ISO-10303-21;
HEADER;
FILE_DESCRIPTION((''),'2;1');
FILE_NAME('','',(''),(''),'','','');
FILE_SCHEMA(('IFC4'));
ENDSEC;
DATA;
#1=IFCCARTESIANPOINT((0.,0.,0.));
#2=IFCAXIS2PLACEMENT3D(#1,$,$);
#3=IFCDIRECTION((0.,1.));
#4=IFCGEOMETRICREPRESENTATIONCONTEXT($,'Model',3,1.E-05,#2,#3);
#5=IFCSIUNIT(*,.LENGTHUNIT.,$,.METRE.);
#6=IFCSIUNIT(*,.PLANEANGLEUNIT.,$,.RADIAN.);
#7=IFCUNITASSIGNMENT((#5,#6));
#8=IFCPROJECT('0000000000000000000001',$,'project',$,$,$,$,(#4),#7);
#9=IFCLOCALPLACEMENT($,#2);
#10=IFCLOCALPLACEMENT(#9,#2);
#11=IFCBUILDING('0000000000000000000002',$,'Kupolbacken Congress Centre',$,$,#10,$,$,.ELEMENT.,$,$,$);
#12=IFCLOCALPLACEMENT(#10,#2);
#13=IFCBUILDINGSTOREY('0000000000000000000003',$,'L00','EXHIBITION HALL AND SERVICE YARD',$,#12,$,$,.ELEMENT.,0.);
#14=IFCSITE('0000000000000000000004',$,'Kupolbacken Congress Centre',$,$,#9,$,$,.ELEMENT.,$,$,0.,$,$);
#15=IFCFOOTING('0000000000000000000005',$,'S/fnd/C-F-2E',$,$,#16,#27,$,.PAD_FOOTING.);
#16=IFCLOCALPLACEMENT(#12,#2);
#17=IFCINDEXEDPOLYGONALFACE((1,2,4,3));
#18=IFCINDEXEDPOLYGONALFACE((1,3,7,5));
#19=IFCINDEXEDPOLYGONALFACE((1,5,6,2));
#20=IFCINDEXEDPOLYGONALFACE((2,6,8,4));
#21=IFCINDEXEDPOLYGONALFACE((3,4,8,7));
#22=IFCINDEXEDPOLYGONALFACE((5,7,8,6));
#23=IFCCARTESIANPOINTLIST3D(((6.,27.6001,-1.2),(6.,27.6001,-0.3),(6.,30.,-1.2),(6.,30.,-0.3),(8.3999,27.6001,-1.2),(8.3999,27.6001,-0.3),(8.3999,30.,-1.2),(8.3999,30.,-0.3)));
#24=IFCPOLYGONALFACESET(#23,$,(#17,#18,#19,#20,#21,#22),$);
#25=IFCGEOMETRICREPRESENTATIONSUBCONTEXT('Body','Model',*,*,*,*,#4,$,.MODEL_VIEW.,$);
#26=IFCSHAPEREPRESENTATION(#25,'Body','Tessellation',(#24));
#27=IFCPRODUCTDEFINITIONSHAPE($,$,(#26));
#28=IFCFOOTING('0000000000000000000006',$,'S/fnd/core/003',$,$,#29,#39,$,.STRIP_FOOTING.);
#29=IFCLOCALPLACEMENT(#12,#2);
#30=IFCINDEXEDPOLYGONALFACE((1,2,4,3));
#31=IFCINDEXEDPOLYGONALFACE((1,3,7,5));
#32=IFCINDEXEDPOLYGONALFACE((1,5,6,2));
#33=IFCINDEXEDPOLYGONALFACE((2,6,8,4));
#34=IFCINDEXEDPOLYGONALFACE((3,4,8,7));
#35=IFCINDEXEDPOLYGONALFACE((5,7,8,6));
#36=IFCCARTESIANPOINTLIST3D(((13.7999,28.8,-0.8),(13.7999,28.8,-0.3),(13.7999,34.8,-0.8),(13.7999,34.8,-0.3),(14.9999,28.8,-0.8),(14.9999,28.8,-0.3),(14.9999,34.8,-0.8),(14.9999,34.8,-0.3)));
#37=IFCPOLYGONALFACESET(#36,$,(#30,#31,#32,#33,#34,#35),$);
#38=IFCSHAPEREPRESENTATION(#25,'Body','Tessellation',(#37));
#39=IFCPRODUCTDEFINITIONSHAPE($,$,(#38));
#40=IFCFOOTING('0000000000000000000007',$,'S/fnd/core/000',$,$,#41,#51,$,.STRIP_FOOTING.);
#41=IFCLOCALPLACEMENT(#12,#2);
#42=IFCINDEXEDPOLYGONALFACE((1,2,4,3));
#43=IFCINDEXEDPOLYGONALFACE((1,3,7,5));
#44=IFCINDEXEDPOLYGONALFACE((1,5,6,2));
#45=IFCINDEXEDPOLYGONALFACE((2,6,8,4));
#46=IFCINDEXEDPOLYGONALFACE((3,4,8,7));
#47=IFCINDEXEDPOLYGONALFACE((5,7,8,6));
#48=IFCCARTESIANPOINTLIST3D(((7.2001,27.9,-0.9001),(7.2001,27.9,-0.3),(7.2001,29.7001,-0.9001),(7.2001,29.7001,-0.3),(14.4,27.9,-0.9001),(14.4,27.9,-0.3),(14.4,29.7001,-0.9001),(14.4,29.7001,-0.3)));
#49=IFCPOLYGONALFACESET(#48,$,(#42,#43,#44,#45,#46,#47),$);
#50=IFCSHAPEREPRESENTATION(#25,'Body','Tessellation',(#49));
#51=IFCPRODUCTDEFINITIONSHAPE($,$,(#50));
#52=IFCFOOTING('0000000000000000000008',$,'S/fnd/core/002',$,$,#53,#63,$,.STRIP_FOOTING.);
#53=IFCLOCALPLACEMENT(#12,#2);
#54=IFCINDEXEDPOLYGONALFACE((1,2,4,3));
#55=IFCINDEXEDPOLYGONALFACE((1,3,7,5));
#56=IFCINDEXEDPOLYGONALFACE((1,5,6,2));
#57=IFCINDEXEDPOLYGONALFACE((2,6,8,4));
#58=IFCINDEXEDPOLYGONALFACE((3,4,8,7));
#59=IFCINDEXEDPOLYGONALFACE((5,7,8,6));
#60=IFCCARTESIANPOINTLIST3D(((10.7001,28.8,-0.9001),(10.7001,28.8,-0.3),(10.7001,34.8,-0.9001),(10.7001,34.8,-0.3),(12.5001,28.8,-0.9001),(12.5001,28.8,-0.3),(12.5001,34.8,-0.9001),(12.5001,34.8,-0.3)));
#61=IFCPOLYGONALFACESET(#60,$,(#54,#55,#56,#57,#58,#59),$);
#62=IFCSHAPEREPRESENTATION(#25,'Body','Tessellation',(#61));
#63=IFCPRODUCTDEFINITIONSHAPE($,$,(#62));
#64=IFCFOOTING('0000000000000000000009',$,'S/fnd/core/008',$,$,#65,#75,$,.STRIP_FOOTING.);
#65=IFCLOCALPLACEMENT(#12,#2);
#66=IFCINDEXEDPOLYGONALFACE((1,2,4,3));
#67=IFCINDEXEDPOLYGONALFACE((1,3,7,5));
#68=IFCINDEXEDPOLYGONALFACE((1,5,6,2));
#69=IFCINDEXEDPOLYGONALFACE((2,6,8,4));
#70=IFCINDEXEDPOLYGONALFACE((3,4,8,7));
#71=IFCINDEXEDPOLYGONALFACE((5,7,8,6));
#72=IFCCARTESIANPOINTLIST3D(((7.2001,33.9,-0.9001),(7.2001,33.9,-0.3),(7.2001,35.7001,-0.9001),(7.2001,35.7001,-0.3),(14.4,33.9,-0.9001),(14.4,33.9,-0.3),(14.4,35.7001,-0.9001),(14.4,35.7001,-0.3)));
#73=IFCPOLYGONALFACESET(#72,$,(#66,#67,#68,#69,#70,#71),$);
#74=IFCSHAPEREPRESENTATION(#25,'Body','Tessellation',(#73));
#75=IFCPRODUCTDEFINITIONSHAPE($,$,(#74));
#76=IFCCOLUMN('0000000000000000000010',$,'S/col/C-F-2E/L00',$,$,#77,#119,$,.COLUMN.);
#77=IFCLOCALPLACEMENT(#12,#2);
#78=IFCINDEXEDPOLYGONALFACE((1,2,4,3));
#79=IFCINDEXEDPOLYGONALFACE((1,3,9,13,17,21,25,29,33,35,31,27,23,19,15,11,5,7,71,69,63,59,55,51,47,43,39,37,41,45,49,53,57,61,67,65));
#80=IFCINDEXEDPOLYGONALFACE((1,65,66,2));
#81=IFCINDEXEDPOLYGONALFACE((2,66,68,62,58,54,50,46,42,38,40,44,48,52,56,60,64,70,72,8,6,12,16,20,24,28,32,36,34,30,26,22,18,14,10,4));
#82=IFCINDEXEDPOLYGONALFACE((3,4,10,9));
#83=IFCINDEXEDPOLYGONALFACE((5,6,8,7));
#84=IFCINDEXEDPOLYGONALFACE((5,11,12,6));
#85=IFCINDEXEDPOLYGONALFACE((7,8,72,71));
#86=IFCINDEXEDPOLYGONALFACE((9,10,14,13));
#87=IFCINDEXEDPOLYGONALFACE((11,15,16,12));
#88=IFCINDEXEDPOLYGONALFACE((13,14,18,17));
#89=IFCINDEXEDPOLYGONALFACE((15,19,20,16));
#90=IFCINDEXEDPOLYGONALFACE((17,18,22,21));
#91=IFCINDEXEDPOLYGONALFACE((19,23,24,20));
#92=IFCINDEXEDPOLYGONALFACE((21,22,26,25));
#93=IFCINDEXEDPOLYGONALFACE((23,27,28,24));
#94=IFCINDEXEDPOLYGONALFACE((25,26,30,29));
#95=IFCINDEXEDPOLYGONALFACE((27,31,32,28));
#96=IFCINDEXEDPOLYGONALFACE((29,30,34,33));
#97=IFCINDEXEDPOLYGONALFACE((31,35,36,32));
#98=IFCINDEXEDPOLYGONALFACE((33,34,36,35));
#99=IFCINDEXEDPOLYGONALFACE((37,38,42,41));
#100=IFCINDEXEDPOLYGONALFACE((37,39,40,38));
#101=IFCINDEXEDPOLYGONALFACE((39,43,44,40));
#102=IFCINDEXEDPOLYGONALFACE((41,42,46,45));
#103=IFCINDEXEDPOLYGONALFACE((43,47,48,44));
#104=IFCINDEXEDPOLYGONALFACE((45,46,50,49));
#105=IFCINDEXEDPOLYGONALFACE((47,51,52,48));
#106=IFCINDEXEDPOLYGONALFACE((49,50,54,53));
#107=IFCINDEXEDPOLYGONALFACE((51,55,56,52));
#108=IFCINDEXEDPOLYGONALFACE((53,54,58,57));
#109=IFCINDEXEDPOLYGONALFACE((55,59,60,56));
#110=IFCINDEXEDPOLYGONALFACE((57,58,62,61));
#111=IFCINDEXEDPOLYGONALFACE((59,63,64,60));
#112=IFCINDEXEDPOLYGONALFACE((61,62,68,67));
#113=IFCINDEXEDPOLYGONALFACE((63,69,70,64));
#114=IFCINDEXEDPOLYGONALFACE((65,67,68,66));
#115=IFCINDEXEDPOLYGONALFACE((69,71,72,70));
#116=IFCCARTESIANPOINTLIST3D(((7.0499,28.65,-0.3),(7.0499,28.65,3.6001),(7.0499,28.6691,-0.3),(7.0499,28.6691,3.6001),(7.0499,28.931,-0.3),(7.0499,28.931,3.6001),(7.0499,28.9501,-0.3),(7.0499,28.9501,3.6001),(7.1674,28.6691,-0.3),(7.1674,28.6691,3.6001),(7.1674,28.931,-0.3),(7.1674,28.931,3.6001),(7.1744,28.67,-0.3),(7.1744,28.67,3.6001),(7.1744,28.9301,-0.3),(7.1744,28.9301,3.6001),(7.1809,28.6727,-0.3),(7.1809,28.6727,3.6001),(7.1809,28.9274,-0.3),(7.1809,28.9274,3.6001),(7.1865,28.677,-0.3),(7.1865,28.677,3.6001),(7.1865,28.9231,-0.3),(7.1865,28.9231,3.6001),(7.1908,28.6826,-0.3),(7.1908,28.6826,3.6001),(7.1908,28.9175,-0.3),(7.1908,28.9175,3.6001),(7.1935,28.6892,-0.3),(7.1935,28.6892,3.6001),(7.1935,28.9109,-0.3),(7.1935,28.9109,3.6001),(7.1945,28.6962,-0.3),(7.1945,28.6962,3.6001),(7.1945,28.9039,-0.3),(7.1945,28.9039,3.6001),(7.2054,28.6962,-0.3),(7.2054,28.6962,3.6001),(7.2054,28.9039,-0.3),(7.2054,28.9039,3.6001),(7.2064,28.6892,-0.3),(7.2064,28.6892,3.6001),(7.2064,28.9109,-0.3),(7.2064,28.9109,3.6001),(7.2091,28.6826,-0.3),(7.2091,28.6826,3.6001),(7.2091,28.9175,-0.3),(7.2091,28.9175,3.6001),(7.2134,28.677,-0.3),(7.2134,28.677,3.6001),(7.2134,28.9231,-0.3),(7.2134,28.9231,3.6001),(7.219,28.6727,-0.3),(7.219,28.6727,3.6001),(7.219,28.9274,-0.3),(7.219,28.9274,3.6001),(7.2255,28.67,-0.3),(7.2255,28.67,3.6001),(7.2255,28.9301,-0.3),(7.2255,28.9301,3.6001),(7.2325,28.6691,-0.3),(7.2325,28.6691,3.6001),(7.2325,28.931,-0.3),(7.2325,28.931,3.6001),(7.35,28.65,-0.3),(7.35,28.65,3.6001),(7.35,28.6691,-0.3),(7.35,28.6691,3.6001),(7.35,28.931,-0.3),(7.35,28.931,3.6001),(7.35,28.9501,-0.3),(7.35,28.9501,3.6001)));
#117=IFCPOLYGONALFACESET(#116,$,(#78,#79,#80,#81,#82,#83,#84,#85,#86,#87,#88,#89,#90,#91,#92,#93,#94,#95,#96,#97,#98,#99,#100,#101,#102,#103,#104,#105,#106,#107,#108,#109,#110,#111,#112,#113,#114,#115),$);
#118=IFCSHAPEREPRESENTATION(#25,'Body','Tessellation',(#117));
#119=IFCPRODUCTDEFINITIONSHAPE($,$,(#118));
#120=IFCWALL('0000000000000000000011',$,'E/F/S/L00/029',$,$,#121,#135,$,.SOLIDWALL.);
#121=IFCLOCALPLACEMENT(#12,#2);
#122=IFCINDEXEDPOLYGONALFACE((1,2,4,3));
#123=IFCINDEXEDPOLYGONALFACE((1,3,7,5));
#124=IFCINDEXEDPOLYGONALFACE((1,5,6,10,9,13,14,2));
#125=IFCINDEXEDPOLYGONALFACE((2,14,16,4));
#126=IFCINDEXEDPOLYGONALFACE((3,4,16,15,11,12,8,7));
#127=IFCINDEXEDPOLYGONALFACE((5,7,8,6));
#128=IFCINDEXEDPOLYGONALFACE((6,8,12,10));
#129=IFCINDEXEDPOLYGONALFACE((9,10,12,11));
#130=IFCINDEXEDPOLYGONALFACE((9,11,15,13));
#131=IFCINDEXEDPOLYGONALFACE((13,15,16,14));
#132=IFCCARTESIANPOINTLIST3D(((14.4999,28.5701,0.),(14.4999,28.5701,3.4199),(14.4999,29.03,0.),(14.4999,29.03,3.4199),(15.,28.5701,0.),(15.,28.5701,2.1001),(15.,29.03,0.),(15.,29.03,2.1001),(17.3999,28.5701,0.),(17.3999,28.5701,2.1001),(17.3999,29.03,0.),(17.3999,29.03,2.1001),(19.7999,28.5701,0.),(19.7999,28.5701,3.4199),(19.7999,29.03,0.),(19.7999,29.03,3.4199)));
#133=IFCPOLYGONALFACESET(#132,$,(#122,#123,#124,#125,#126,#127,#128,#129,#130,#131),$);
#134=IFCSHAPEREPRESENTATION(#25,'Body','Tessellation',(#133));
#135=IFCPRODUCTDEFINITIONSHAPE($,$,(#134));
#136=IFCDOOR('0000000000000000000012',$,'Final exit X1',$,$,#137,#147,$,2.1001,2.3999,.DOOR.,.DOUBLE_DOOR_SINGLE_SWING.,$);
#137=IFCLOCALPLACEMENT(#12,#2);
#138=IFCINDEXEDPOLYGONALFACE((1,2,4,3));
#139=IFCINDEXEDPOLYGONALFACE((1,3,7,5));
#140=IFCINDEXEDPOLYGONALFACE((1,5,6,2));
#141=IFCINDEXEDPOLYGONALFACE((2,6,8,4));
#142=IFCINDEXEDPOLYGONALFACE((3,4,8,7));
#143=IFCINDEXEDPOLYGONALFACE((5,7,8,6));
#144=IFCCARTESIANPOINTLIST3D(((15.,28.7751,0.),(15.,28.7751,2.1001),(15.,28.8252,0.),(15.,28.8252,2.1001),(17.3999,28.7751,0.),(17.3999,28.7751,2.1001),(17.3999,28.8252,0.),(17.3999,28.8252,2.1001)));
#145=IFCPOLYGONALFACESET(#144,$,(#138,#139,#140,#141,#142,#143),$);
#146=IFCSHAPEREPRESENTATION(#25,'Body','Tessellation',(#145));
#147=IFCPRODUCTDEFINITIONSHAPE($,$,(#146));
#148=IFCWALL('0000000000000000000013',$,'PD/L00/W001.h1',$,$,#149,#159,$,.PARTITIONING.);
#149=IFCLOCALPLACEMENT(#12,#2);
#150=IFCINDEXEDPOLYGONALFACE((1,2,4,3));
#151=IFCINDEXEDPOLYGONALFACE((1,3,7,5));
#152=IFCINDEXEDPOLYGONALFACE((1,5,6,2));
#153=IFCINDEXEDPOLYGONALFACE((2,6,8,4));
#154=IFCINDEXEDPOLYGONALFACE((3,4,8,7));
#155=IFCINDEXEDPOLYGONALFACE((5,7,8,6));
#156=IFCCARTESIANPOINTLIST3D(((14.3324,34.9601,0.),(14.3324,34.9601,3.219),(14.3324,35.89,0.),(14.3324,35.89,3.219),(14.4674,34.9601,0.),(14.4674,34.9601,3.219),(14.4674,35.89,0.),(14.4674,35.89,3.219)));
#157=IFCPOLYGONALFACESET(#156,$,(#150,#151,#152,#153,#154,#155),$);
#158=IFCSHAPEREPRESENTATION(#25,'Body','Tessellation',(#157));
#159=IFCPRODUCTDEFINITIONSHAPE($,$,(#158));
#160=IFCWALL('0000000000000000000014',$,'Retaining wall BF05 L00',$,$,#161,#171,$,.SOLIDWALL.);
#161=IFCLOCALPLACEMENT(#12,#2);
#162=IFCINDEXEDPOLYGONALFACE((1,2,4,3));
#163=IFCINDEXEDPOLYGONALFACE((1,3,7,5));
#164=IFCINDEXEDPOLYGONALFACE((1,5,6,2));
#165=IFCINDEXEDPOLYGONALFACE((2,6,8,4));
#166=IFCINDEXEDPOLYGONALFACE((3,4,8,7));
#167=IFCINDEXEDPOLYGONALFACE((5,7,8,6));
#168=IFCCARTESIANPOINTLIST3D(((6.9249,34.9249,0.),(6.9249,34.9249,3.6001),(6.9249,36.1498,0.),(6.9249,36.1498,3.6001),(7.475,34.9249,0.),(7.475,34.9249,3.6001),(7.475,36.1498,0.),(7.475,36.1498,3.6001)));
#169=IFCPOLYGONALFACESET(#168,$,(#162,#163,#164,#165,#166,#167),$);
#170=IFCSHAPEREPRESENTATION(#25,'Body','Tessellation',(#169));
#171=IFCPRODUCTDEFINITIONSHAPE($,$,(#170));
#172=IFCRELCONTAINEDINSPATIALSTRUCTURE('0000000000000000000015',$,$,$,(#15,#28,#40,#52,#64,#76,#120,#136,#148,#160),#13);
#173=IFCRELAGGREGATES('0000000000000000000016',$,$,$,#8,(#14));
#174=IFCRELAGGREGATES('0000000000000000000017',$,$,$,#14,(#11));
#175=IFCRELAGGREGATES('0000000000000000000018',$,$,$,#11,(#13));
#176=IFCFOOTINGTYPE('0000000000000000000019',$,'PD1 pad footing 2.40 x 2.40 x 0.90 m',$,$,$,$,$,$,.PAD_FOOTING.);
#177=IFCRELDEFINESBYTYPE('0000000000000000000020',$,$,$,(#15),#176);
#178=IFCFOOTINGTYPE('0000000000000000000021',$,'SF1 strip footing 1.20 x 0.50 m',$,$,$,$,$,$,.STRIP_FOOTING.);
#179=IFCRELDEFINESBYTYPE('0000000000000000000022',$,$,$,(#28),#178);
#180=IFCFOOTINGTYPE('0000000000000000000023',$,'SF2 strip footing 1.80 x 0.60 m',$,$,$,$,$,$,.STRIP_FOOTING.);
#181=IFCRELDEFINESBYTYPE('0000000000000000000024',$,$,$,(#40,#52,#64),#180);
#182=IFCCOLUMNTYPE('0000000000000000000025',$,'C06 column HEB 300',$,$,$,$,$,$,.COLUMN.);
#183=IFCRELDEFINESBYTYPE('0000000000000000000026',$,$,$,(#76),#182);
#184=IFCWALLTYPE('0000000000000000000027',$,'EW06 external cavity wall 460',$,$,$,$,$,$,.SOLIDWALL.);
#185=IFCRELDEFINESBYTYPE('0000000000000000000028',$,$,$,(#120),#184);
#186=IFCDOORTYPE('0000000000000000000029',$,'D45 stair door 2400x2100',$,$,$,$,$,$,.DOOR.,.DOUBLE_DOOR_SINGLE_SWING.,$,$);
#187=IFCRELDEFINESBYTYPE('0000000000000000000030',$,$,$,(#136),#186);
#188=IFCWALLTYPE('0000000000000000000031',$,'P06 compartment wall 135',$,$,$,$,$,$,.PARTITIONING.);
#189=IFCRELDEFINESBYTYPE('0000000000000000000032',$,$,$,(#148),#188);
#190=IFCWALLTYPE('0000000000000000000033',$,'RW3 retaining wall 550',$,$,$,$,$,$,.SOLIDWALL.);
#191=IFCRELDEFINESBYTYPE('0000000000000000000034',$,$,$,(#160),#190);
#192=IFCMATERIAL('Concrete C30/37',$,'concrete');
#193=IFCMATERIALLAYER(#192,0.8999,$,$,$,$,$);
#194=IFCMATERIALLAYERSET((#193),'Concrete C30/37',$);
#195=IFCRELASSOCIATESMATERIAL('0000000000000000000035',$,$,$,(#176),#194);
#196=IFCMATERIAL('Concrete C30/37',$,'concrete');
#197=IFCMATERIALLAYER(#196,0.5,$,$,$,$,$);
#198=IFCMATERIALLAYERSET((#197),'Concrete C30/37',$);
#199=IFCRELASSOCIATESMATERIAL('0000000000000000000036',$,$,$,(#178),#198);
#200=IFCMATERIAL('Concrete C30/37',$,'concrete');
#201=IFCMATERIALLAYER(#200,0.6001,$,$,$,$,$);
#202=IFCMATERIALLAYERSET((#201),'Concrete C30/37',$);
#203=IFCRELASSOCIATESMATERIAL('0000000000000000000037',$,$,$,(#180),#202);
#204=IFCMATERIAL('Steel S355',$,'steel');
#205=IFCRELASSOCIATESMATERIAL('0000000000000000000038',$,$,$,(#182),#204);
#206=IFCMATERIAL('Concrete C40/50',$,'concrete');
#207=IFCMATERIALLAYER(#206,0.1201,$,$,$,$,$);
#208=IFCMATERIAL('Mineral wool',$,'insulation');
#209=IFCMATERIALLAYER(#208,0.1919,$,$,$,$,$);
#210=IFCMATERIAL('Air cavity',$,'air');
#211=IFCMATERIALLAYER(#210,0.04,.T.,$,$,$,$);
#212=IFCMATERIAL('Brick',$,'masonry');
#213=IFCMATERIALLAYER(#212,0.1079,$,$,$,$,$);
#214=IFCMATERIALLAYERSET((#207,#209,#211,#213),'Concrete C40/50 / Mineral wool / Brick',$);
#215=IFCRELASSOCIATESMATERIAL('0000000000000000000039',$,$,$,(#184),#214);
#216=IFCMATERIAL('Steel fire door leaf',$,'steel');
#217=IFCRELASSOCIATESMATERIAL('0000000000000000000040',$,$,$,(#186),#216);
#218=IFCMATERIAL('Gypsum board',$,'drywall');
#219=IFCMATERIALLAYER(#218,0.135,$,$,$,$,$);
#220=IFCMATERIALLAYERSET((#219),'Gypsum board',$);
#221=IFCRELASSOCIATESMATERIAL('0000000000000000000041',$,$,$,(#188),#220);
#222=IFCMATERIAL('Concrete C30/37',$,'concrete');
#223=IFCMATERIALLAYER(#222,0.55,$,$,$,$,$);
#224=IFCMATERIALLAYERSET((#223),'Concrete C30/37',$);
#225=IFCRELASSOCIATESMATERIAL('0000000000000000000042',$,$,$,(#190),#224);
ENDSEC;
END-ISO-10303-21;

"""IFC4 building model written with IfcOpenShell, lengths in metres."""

from ifc_helpers import new_model, si_unit, direction, frame, frame_2d, origin, origin_2d, place, context, subcontext, project, spatial, rectangle, i_section, extrude, material, layer, layer_set, material_profile, profile_set, type_object, element, fill, save


model = new_model("IFC4")

# Units and contexts
model_context = context("Model", 3, precision=1e-05, world=origin(), true_north=direction((0.0, 1.0)))
body_context = subcontext(model_context, "Body", "Model", "MODEL_VIEW")
ifc_project = project(units=[si_unit("LENGTHUNIT", "METRE"), si_unit("PLANEANGLEUNIT", "RADIAN")], contexts=[model_context])

# Site, building, storey
site_placement = place(None, origin())
site = spatial("IfcSite", under=ifc_project, at=site_placement, Name="Kupolbacken Congress Centre", CompositionType="ELEMENT", RefElevation=0.0)
building_placement = place(site_placement, origin())
building = spatial("IfcBuilding", under=site, at=building_placement, Name="Kupolbacken Congress Centre", CompositionType="ELEMENT")
storey_placement = place(building_placement, origin())
storey = spatial("IfcBuildingStorey", under=building, at=storey_placement, Name="L00", Description="EXHIBITION HALL AND SERVICE YARD", CompositionType="ELEMENT", Elevation=0.0)

# Footings
ifc_material_1 = material(Name="Concrete C30/37", Category="concrete")
ifc_layer_1 = layer(ifc_material_1, 0.8999)
ifc_layer_set_1 = layer_set([ifc_layer_1], Name="Concrete C30/37")
footing_type_1 = type_object("IfcFootingType", Name="PD1 pad footing 2.40 x 2.40 x 0.90 m", PredefinedType="PAD_FOOTING", material=ifc_layer_set_1)
footing_1_placement = place(storey_placement, frame((7.2, 28.8, -1.2), z_axis=(0.0, 0.0, 1.0), x_axis=(1.0, 0.0, 0.0)))
element("IfcFooting", 1, at=footing_1_placement, inside=storey, type_object=footing_type_1, Name="S/fnd/C-F-2E", PredefinedType="PAD_FOOTING", context=body_context, shape_type="SweptSolid", body=[
    extrude(rectangle(XDim=2.3999, YDim=2.3999, at=origin_2d()), origin(), (0.0, 0.0, 1.0), 0.8999),
])
ifc_material_2 = material(Name="Concrete C30/37", Category="concrete")
ifc_layer_2 = layer(ifc_material_2, 0.5)
ifc_layer_set_2 = layer_set([ifc_layer_2], Name="Concrete C30/37")
footing_type_2 = type_object("IfcFootingType", Name="SF1 strip footing 1.20 x 0.50 m", PredefinedType="STRIP_FOOTING", material=ifc_layer_set_2)
footing_2_placement = place(storey_placement, frame((14.3999, 31.8, -0.8), z_axis=(0.0, 0.0, 1.0), x_axis=(0.0, 1.0, 0.0)))
element("IfcFooting", 2, at=footing_2_placement, inside=storey, type_object=footing_type_2, Name="S/fnd/core/003", PredefinedType="STRIP_FOOTING", context=body_context, shape_type="SweptSolid", body=[
    extrude(rectangle(XDim=6.0, YDim=1.2, at=origin_2d()), origin(), (0.0, 0.0, 1.0), 0.5),
])
ifc_material_3 = material(Name="Concrete C30/37", Category="concrete")
ifc_layer_3 = layer(ifc_material_3, 0.6001)
ifc_layer_set_3 = layer_set([ifc_layer_3], Name="Concrete C30/37")
footing_type_3 = type_object("IfcFootingType", Name="SF2 strip footing 1.80 x 0.60 m", PredefinedType="STRIP_FOOTING", material=ifc_layer_set_3)
footing_3_placement = place(storey_placement, frame((10.8, 28.8, -0.9001), z_axis=(0.0, 0.0, 1.0), x_axis=(1.0, 0.0, 0.0)))
element("IfcFooting", 3, at=footing_3_placement, inside=storey, type_object=footing_type_3, Name="S/fnd/core/000", PredefinedType="STRIP_FOOTING", context=body_context, shape_type="SweptSolid", body=[
    extrude(rectangle(XDim=7.2, YDim=1.8, at=origin_2d()), origin(), (0.0, 0.0, 1.0), 0.6001),
])
footing_4_placement = place(storey_placement, frame((11.6001, 31.8, -0.9001), z_axis=(0.0, 0.0, 1.0), x_axis=(0.0, 1.0, 0.0)))
element("IfcFooting", 4, at=footing_4_placement, inside=storey, type_object=footing_type_3, Name="S/fnd/core/002", PredefinedType="STRIP_FOOTING", context=body_context, shape_type="SweptSolid", body=[
    extrude(rectangle(XDim=6.0, YDim=1.8, at=origin_2d()), origin(), (0.0, 0.0, 1.0), 0.6001),
])
footing_5_placement = place(storey_placement, frame((10.8, 34.8, -0.9001), z_axis=(0.0, 0.0, 1.0), x_axis=(1.0, 0.0, 0.0)))
element("IfcFooting", 5, at=footing_5_placement, inside=storey, type_object=footing_type_3, Name="S/fnd/core/008", PredefinedType="STRIP_FOOTING", context=body_context, shape_type="SweptSolid", body=[
    extrude(rectangle(XDim=7.2, YDim=1.8, at=origin_2d()), origin(), (0.0, 0.0, 1.0), 0.6001),
])

# Column
ifc_material_4 = material(Name="Steel S355", Category="steel")
ifc_material_profile = material_profile(ifc_material_4, i_section(OverallWidth=0.3, OverallDepth=0.3, WebThickness=0.011, FlangeThickness=0.019, FilletRadius=0.0271, at=origin_2d()), Name="HEB 300")
ifc_profile_set = profile_set([ifc_material_profile], Name="Steel S355")
column_type = type_object("IfcColumnType", Name="C06 column HEB 300", PredefinedType="COLUMN", material=ifc_profile_set)
column_placement = place(storey_placement, frame((7.2, 28.8, -0.3), z_axis=(0.0, 0.0, 1.0), x_axis=(1.0, 0.0, 0.0)))
element("IfcColumn", 6, at=column_placement, inside=storey, type_object=column_type, Name="S/col/C-F-2E/L00", PredefinedType="COLUMN", context=body_context, shape_type="SweptSolid", body=[
    extrude(i_section(OverallWidth=0.3, OverallDepth=0.3, WebThickness=0.011, FlangeThickness=0.019, FilletRadius=0.0271, at=origin_2d()), origin(), (0.0, 0.0, 1.0), 3.9001),
])

# Wall, opening, door
ifc_material_5 = material(Name="Concrete C40/50", Category="concrete")
ifc_layer_4 = layer(ifc_material_5, 0.1201)
ifc_material_6 = material(Name="Mineral wool", Category="insulation")
ifc_layer_5 = layer(ifc_material_6, 0.1919)
ifc_material_7 = material(Name="Air cavity", Category="air")
ifc_layer_6 = layer(ifc_material_7, 0.04, ventilated=True)
ifc_material_8 = material(Name="Brick", Category="masonry")
ifc_layer_7 = layer(ifc_material_8, 0.1079)
ifc_layer_set_4 = layer_set([ifc_layer_4, ifc_layer_5, ifc_layer_6, ifc_layer_7], Name="Concrete C40/50 / Mineral wool / Brick")
wall_type_1 = type_object("IfcWallType", Name="EW06 external cavity wall 460", PredefinedType="SOLIDWALL", material=ifc_layer_set_4)
wall_1_placement = place(storey_placement, frame((14.5, 28.8, 0.0), z_axis=(0.0, 0.0, 1.0), x_axis=(1.0, 0.0, 0.0)))
wall_1 = element("IfcWall", 7, at=wall_1_placement, inside=storey, type_object=wall_type_1, Name="E/F/S/L00/029", PredefinedType="SOLIDWALL", context=body_context, shape_type="SweptSolid", body=[
    extrude(rectangle(XDim=5.3, YDim=0.46, at=frame_2d((2.6499, 0.0))), origin(), (0.0, 0.0, 1.0), 3.4199),
])
opening_1_placement = place(wall_1_placement, frame((0.5, 0.0, 0.0)))
opening_1 = element("IfcOpeningElement", 8, at=opening_1_placement, cuts=wall_1, PredefinedType="OPENING", context=body_context, shape_type="SweptSolid", body=[
    extrude(rectangle(XDim=2.3999, YDim=2.1001, at=frame_2d((1.2, 1.05))), frame((0.0, 0.24, 0.0), z_axis=(0.0, -1.0, 0.0), x_axis=(1.0, 0.0, 0.0)), (0.0, 0.0, 1.0), 0.48),
])
ifc_material_9 = material(Name="Steel fire door leaf", Category="steel")
door_type_1 = type_object("IfcDoorType", Name="D45 stair door 2400x2100", OperationType="DOUBLE_DOOR_SINGLE_SWING", PredefinedType="DOOR", material=ifc_material_9)
door_1_placement = place(opening_1_placement, frame((2.3999, 0.0, 0.0), z_axis=(0.0, 0.0, 1.0), x_axis=(-1.0, 0.0, 0.0)))
door_1 = element("IfcDoor", 9, at=door_1_placement, inside=storey, type_object=door_type_1, Name="Final exit X1", OperationType="DOUBLE_DOOR_SINGLE_SWING", OverallHeight=2.1001, OverallWidth=2.3999, PredefinedType="DOOR", context=body_context, shape_type="SweptSolid", body=[
    extrude(rectangle(XDim=2.3999, YDim=2.1001, at=frame_2d((1.2, 1.05))), frame((0.0, 0.0249, 0.0), z_axis=(0.0, -1.0, 0.0), x_axis=(1.0, 0.0, 0.0)), (0.0, 0.0, 1.0), 0.05),
])
fill(opening_1, door_1)

# Walls
ifc_material_10 = material(Name="Gypsum board", Category="drywall")
ifc_layer_8 = layer(ifc_material_10, 0.135)
ifc_layer_set_5 = layer_set([ifc_layer_8], Name="Gypsum board")
wall_type_2 = type_object("IfcWallType", Name="P06 compartment wall 135", PredefinedType="PARTITIONING", material=ifc_layer_set_5)
wall_2_placement = place(storey_placement, frame((14.3999, 35.8899, 0.0), z_axis=(0.0, 0.0, 1.0), x_axis=(0.0, -1.0, 0.0)))
element("IfcWall", 10, at=wall_2_placement, inside=storey, type_object=wall_type_2, Name="PD/L00/W001.h1", PredefinedType="PARTITIONING", context=body_context, shape_type="SweptSolid", body=[
    extrude(rectangle(XDim=0.9299, YDim=0.135, at=frame_2d((0.4648, 0.0))), origin(), (0.0, 0.0, 1.0), 3.219),
])
ifc_material_11 = material(Name="Concrete C30/37", Category="concrete")
ifc_layer_9 = layer(ifc_material_11, 0.55)
ifc_layer_set_6 = layer_set([ifc_layer_9], Name="Concrete C30/37")
wall_type_3 = type_object("IfcWallType", Name="RW3 retaining wall 550", PredefinedType="SOLIDWALL", material=ifc_layer_set_6)
wall_3_placement = place(storey_placement, frame((7.2, 34.925, 0.0), z_axis=(0.0, 0.0, 1.0), x_axis=(0.0, 1.0, 0.0)))
element("IfcWall", 11, at=wall_3_placement, inside=storey, type_object=wall_type_3, Name="Retaining wall BF05 L00", PredefinedType="SOLIDWALL", context=body_context, shape_type="SweptSolid", body=[
    extrude(rectangle(XDim=1.2249, YDim=0.55, at=frame_2d((0.6123, 0.0))), origin(), (0.0, 0.0, 1.0), 3.6001),
])

save(model, "model.ifc")
